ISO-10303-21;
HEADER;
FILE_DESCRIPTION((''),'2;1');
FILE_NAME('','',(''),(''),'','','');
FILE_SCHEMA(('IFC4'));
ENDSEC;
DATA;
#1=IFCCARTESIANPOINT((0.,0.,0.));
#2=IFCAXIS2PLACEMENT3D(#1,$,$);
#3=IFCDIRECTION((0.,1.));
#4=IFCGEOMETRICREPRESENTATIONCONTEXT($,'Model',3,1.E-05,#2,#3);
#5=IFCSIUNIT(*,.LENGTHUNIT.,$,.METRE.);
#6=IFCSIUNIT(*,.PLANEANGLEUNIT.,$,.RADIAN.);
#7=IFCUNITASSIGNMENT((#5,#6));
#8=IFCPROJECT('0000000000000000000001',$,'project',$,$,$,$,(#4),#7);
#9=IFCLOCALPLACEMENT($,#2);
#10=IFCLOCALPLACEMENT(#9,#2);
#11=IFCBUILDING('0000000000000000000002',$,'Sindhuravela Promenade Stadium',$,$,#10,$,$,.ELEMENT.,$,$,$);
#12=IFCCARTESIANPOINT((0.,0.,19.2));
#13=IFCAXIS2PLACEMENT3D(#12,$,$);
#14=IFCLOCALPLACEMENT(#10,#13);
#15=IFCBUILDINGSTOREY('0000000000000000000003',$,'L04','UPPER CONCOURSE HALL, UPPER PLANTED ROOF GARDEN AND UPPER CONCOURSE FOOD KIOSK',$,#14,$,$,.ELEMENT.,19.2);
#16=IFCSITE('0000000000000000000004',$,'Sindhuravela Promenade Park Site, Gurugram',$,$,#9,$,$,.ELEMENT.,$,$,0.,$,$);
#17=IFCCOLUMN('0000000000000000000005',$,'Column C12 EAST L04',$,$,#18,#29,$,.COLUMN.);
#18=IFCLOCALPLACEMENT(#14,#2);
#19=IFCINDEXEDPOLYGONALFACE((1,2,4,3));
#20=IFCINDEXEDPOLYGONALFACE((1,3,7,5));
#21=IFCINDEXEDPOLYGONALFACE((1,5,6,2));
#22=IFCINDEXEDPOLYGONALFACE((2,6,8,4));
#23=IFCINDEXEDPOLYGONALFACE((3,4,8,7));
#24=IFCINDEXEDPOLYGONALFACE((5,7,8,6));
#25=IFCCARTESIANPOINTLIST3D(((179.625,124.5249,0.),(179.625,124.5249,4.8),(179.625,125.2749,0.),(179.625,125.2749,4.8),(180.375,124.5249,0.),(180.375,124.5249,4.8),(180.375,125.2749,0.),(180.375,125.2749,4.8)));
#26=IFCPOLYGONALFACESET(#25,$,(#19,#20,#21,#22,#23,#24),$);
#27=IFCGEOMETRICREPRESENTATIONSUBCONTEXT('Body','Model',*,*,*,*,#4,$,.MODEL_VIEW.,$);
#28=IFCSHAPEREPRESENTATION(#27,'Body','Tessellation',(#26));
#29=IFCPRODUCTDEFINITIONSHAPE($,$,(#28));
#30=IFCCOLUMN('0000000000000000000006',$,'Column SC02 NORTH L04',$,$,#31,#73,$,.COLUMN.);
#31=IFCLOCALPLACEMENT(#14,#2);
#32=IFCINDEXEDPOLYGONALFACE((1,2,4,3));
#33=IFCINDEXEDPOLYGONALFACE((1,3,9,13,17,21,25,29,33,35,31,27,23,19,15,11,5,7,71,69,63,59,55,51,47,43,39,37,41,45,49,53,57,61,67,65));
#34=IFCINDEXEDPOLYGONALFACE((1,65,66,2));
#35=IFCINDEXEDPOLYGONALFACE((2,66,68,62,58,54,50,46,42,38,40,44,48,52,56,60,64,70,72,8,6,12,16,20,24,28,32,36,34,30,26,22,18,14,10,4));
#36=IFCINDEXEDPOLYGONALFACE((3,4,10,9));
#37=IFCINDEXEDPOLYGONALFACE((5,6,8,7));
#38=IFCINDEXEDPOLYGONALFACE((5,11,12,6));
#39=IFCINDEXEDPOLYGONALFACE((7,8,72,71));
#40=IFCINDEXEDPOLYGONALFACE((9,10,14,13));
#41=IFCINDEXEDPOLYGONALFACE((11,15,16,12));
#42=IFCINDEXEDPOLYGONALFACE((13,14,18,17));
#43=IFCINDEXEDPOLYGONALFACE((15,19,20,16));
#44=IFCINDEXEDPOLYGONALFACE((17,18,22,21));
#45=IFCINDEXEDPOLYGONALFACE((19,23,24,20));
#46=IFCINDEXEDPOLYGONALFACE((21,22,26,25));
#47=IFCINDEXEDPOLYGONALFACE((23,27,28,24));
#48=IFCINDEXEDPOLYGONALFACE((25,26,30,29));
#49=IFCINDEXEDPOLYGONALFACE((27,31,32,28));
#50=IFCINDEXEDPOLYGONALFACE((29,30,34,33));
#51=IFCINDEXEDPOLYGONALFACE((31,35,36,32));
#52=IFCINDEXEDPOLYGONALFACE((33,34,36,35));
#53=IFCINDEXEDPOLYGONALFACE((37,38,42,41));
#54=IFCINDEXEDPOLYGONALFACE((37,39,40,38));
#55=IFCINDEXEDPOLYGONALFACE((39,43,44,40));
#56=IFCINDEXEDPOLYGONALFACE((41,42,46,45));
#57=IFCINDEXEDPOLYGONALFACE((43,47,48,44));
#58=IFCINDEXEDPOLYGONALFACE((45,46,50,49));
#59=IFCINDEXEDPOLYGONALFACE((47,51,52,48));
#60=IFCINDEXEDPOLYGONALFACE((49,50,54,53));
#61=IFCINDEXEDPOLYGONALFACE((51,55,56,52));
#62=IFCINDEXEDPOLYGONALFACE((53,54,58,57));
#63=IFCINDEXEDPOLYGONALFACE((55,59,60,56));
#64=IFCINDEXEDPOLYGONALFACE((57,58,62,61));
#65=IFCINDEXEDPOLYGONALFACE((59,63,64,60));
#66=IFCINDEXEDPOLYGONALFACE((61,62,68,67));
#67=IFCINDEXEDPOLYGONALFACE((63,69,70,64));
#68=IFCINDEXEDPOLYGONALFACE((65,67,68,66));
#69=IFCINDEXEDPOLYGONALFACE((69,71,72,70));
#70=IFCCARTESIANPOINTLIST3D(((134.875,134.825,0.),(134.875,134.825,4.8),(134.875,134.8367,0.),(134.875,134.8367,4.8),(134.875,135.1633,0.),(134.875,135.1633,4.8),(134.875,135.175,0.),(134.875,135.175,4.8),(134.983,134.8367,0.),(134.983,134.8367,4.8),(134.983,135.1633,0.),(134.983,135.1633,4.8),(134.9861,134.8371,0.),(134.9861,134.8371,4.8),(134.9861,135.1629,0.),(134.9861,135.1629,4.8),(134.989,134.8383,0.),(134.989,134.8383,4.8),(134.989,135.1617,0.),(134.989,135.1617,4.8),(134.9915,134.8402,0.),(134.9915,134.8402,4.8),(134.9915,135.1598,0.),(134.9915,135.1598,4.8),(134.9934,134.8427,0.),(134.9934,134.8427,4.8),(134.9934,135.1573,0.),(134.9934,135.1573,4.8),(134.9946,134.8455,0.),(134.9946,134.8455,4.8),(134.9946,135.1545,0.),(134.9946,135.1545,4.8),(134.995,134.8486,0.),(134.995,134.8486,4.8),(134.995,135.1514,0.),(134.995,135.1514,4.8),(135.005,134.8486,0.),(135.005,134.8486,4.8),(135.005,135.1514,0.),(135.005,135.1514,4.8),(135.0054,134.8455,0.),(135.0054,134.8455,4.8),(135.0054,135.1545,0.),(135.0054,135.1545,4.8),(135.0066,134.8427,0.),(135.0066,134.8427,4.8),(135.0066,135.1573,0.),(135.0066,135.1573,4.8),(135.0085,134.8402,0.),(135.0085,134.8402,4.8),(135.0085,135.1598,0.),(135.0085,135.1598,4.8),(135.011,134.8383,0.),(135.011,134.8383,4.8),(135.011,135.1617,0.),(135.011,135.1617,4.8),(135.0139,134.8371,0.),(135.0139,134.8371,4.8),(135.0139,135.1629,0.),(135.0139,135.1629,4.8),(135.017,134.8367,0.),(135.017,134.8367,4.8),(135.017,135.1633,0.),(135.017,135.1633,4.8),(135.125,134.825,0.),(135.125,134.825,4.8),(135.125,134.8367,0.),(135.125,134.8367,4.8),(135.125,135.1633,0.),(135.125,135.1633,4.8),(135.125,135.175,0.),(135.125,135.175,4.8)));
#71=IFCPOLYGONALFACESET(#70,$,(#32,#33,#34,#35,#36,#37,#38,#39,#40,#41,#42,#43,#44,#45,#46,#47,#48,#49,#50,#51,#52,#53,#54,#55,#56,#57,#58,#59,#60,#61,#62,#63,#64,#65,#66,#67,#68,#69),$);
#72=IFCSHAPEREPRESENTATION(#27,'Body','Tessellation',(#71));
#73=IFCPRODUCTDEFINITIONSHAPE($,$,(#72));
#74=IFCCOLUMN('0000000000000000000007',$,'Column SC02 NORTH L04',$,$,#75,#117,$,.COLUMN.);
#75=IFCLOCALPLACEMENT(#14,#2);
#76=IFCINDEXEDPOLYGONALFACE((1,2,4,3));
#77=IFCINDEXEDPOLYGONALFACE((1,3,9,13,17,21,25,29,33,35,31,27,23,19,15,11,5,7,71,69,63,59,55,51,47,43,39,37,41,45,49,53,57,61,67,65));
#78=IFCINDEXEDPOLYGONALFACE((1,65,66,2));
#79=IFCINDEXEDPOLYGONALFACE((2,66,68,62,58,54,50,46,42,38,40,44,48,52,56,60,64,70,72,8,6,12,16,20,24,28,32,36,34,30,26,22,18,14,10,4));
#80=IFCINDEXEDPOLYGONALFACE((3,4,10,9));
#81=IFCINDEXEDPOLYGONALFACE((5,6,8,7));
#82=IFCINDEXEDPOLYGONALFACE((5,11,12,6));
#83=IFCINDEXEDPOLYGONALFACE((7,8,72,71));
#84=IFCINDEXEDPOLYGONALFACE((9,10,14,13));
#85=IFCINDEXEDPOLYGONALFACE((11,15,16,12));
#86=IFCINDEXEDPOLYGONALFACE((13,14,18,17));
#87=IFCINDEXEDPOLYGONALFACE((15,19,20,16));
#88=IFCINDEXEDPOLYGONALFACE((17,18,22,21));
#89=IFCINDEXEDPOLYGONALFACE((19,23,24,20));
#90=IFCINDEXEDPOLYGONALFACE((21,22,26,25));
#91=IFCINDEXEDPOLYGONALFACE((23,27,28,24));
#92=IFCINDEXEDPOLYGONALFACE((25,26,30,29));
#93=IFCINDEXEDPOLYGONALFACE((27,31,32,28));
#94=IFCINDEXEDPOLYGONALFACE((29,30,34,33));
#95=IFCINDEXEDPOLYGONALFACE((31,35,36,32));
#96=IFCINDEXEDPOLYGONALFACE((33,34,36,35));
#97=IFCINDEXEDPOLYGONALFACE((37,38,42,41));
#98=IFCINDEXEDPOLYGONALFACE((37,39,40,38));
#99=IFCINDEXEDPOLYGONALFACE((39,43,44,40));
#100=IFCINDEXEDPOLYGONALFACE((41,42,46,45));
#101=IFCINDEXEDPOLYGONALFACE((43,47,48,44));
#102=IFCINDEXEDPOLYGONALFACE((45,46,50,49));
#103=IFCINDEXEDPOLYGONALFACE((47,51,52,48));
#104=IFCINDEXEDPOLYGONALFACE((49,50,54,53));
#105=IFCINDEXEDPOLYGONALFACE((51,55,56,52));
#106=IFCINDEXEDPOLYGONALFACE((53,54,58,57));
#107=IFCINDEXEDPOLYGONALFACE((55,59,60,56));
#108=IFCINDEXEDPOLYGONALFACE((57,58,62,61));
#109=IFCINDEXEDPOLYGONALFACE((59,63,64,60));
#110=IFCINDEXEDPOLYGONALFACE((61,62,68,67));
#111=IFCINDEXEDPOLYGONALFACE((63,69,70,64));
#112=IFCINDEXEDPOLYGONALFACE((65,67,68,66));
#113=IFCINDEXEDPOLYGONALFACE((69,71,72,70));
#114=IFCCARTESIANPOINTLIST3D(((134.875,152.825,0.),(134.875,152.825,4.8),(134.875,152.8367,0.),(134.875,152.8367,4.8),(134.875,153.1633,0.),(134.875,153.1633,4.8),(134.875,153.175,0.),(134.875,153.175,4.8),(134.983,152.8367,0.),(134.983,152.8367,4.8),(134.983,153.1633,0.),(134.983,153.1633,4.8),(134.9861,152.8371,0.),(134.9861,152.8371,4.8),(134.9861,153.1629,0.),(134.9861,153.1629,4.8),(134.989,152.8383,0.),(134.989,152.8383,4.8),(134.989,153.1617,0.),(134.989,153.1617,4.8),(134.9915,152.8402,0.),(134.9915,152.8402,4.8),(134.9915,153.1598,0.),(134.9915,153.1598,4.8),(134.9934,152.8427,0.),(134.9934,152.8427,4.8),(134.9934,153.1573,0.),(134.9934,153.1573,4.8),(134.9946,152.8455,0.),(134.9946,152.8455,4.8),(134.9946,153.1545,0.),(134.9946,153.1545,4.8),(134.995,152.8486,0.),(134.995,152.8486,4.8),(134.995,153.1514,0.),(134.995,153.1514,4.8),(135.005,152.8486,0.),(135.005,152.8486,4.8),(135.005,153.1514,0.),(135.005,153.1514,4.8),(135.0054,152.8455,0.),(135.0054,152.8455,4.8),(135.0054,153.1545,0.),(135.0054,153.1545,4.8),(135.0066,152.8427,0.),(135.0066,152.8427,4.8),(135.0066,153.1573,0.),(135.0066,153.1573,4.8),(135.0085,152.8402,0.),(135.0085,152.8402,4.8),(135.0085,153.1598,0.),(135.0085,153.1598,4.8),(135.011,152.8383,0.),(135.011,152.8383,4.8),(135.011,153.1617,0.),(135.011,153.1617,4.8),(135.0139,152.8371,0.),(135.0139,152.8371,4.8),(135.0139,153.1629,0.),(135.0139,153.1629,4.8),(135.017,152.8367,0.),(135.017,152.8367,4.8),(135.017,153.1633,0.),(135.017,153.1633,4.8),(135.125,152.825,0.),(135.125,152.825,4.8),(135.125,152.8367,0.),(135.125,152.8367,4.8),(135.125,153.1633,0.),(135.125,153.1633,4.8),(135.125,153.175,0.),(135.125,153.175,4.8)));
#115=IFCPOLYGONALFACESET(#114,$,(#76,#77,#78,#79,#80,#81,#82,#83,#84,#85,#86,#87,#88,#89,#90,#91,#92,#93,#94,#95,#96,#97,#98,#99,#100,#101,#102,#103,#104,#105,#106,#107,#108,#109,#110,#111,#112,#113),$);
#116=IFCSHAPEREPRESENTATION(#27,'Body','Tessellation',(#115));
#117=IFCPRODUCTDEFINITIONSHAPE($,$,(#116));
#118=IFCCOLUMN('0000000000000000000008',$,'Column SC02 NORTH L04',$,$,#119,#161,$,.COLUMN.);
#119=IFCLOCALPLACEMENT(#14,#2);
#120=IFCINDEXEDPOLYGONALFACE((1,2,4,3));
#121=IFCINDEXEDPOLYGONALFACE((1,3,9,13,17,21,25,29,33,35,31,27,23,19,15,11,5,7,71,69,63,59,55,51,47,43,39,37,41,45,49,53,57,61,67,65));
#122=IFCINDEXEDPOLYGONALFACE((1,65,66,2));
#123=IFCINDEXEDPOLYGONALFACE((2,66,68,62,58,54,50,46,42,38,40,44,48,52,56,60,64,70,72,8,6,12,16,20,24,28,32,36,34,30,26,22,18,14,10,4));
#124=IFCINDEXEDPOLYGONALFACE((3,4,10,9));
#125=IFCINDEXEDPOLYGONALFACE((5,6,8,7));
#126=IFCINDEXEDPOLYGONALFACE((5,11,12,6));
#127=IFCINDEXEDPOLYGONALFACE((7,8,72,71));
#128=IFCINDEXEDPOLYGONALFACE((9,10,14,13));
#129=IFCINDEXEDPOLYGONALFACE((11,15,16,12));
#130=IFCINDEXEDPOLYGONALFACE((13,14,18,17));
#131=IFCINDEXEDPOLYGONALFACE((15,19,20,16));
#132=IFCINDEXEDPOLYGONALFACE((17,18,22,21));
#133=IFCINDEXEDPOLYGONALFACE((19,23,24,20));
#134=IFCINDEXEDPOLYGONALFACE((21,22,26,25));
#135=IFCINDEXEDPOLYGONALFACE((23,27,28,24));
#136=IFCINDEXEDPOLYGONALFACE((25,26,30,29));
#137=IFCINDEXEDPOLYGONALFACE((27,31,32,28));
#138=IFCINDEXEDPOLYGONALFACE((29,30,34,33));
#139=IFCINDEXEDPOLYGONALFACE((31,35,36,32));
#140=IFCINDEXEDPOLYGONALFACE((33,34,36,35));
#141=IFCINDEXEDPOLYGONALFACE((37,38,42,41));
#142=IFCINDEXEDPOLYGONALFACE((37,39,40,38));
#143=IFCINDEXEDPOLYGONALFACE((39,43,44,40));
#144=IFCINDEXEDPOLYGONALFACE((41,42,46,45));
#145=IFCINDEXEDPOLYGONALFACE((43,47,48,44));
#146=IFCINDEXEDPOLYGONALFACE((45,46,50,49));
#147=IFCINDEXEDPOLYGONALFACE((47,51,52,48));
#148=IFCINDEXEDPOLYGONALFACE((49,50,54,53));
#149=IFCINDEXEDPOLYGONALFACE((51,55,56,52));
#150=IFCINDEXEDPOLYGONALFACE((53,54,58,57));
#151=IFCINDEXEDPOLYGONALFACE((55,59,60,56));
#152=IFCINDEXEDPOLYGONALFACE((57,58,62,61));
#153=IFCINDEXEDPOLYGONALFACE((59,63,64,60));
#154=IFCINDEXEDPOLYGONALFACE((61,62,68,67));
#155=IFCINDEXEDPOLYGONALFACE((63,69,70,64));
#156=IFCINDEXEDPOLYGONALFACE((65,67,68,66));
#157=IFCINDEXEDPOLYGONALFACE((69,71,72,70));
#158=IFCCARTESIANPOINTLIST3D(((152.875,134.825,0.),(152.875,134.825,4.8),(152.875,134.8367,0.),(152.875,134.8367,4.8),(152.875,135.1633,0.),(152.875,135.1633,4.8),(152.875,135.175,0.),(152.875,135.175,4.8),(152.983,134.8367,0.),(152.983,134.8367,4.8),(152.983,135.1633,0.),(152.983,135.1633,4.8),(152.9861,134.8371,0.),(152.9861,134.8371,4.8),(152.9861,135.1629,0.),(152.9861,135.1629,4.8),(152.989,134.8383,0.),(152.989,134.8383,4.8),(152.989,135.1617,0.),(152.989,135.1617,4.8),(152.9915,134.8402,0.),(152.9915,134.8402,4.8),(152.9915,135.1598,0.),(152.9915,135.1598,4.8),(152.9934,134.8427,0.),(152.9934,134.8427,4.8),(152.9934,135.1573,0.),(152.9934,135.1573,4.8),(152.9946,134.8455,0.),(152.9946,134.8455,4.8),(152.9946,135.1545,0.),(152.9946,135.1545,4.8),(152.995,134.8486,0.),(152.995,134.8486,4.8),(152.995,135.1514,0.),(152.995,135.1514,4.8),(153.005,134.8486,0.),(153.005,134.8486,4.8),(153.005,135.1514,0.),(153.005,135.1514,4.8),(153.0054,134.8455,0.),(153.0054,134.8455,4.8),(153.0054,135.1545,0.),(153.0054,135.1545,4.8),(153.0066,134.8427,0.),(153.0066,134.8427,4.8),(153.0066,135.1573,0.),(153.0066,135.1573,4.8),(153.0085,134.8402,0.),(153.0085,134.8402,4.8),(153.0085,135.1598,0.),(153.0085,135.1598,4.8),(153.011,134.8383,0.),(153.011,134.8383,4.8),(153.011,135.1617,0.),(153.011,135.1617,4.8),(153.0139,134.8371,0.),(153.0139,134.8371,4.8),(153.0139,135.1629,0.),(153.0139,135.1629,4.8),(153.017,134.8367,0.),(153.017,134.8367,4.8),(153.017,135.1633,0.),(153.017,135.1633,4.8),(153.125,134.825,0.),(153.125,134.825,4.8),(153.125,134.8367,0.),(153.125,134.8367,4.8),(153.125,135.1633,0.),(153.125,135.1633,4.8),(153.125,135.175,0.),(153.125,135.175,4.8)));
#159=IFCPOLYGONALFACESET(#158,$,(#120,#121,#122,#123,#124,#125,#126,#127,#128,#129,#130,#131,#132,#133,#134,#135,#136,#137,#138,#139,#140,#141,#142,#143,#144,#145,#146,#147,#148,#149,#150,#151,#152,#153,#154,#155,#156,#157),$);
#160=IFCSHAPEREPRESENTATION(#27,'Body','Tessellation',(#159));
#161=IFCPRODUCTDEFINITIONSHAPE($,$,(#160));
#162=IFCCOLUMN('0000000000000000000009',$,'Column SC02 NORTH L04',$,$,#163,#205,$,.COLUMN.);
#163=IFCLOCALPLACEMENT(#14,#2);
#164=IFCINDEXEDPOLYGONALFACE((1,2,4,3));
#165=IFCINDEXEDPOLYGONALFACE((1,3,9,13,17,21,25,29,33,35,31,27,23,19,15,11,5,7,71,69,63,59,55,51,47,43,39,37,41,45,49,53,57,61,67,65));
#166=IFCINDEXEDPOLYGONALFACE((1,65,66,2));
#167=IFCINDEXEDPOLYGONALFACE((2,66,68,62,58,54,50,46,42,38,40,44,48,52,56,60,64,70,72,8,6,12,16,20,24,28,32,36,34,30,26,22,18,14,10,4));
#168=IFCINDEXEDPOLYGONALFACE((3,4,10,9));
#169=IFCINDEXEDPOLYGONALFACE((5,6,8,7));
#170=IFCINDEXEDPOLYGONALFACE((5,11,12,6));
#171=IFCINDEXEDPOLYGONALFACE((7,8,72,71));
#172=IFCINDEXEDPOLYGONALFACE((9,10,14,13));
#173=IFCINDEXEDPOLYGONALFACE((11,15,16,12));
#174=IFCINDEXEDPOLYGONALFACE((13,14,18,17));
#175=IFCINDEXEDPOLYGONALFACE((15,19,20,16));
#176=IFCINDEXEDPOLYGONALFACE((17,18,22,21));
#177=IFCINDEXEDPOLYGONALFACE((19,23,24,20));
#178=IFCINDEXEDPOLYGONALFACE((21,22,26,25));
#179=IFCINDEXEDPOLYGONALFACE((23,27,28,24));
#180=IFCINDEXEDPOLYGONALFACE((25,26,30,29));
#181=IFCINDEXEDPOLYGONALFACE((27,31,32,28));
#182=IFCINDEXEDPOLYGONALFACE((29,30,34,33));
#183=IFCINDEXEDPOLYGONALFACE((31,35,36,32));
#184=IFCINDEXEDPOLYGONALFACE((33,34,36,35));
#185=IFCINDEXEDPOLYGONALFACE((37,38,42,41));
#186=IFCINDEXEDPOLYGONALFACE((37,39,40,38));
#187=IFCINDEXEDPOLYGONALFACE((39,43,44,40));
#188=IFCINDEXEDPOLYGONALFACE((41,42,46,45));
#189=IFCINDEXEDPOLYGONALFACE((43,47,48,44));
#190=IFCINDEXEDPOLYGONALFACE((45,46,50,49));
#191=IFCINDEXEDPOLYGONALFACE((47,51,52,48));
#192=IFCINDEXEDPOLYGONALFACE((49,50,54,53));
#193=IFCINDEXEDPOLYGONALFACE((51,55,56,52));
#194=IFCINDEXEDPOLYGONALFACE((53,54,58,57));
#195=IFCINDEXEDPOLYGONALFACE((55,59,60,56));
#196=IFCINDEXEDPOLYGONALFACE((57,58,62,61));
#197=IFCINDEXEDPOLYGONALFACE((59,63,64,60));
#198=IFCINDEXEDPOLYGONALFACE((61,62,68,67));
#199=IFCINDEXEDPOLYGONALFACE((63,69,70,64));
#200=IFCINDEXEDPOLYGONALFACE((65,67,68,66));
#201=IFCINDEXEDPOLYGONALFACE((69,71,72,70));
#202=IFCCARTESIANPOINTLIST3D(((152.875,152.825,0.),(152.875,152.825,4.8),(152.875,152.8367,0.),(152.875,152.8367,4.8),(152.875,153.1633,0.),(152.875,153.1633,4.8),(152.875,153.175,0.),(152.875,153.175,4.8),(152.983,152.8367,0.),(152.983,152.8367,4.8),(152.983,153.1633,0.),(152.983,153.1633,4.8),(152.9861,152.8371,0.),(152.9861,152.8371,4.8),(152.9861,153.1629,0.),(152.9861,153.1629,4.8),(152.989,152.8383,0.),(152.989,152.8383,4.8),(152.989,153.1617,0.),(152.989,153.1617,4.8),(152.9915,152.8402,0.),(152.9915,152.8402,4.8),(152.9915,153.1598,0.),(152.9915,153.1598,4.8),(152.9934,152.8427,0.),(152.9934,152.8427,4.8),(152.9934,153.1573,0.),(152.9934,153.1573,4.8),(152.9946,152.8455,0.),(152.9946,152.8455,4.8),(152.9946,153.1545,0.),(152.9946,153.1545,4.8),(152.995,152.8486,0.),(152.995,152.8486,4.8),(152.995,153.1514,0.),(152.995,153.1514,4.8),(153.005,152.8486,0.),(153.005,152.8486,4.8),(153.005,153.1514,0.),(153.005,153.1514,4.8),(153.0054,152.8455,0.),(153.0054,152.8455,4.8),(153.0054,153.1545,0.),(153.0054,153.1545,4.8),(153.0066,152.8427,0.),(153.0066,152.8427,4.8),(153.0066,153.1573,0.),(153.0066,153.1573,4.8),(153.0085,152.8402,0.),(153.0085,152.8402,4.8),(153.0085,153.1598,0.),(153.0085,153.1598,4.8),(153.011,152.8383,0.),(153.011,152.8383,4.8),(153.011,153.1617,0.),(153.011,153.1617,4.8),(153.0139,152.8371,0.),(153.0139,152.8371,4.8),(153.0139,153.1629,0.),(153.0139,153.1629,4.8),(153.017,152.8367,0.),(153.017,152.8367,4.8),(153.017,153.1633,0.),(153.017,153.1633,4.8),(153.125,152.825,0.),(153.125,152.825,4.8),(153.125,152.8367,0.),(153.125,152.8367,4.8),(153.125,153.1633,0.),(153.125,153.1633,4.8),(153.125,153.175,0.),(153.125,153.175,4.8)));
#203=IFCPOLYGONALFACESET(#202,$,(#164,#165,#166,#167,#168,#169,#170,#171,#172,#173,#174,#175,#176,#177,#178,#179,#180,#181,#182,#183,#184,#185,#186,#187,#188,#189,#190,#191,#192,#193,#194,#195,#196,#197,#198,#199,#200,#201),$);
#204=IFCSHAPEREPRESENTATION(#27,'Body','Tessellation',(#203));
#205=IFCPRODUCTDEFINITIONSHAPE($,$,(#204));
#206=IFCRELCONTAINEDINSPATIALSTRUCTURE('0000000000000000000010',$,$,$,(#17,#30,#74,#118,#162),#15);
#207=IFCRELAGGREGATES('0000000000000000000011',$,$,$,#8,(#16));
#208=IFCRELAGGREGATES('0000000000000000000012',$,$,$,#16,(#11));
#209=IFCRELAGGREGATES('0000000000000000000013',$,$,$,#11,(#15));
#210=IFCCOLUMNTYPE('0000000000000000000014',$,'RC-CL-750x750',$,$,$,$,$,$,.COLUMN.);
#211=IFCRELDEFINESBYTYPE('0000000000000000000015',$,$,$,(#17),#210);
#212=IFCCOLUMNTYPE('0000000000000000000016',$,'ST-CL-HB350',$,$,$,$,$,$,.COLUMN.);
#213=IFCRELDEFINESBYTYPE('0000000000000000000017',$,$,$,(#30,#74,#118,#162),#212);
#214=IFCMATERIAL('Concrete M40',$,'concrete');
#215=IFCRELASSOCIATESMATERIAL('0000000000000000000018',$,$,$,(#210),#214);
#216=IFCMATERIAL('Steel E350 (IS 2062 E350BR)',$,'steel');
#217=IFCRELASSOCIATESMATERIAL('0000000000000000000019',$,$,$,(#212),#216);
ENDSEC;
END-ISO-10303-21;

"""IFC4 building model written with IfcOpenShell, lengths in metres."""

from ifc_helpers import new_model, si_unit, direction, frame, origin, origin_2d, place, context, subcontext, project, spatial, rectangle, i_section, extrude, material, material_profile, profile_set, type_object, element, save


model = new_model("IFC4")

# Units and contexts
model_context = context("Model", 3, precision=1e-05, world=origin(), true_north=direction((0.0, 1.0)))
body_context = subcontext(model_context, "Body", "Model", "MODEL_VIEW")
ifc_project = project(units=[si_unit("LENGTHUNIT", "METRE"), si_unit("PLANEANGLEUNIT", "RADIAN")], contexts=[model_context])

# Site, building, storey
site_placement = place(None, origin())
site = spatial("IfcSite", under=ifc_project, at=site_placement, Name="Sindhuravela Promenade Park Site, Gurugram", CompositionType="ELEMENT", RefElevation=0.0)
building_placement = place(site_placement, origin())
building = spatial("IfcBuilding", under=site, at=building_placement, Name="Sindhuravela Promenade Stadium", CompositionType="ELEMENT")
storey_placement = place(building_placement, frame((0.0, 0.0, 19.2)))
storey = spatial("IfcBuildingStorey", under=building, at=storey_placement, Name="L04", Description="UPPER CONCOURSE HALL, UPPER PLANTED ROOF GARDEN AND UPPER CONCOURSE FOOD KIOSK", CompositionType="ELEMENT", Elevation=19.2)

# Columns
ifc_material_1 = material(Name="Concrete M40", Category="concrete")
ifc_material_profile_1 = material_profile(ifc_material_1, rectangle(XDim=0.75, YDim=0.75, at=origin_2d()), Name="RC 750x750")
ifc_profile_set_1 = profile_set([ifc_material_profile_1], Name="Concrete M40")
column_type_1 = type_object("IfcColumnType", Name="RC-CL-750x750", PredefinedType="COLUMN", material=ifc_profile_set_1)
column_placement = place(storey_placement, frame((180.0, 124.8999, 0.0), z_axis=(0.0, 0.0, 1.0), x_axis=(1.0, 0.0, 0.0)))
element("IfcColumn", 1, at=column_placement, inside=storey, type_object=column_type_1, Name="Column C12 EAST L04", PredefinedType="COLUMN", context=body_context, shape_type="SweptSolid", body=[
    extrude(rectangle(XDim=0.75, YDim=0.75, at=origin_2d()), origin(), (0.0, 0.0, 1.0), 4.8),
])
ifc_material_2 = material(Name="Steel E350 (IS 2062 E350BR)", Category="steel")
ifc_material_profile_2 = material_profile(ifc_material_2, i_section(OverallWidth=0.25, OverallDepth=0.3501, WebThickness=0.01, FlangeThickness=0.0117, FilletRadius=0.012, at=origin_2d()), Name="ISHB 350")
ifc_profile_set_2 = profile_set([ifc_material_profile_2], Name="Steel E350 (IS 2062 E350BR)")
column_type_2 = type_object("IfcColumnType", Name="ST-CL-HB350", PredefinedType="COLUMN", material=ifc_profile_set_2)
for number, where, z_axis, x_axis, name in (
    (2, (135.0, 135.0, 0.0), (0.0, 0.0, 1.0), (1.0, 0.0, 0.0), "Column SC02 NORTH L04"),
    (3, (135.0, 153.0, 0.0), (0.0, 0.0, 1.0), (1.0, 0.0, 0.0), "Column SC02 NORTH L04"),
    (4, (153.0, 135.0, 0.0), (0.0, 0.0, 1.0), (1.0, 0.0, 0.0), "Column SC02 NORTH L04"),
    (5, (153.0, 153.0, 0.0), (0.0, 0.0, 1.0), (1.0, 0.0, 0.0), "Column SC02 NORTH L04"),
):
    element("IfcColumn", number, at=place(storey_placement, frame(where, z_axis=z_axis, x_axis=x_axis)), inside=storey, type_object=column_type_2, Name=name, PredefinedType="COLUMN", context=body_context, shape_type="SweptSolid", body=[
        extrude(i_section(OverallWidth=0.25, OverallDepth=0.3501, WebThickness=0.01, FlangeThickness=0.0117, FilletRadius=0.012, at=origin_2d()), origin(), (0.0, 0.0, 1.0), 4.8),
    ])

save(model, "model.ifc")
